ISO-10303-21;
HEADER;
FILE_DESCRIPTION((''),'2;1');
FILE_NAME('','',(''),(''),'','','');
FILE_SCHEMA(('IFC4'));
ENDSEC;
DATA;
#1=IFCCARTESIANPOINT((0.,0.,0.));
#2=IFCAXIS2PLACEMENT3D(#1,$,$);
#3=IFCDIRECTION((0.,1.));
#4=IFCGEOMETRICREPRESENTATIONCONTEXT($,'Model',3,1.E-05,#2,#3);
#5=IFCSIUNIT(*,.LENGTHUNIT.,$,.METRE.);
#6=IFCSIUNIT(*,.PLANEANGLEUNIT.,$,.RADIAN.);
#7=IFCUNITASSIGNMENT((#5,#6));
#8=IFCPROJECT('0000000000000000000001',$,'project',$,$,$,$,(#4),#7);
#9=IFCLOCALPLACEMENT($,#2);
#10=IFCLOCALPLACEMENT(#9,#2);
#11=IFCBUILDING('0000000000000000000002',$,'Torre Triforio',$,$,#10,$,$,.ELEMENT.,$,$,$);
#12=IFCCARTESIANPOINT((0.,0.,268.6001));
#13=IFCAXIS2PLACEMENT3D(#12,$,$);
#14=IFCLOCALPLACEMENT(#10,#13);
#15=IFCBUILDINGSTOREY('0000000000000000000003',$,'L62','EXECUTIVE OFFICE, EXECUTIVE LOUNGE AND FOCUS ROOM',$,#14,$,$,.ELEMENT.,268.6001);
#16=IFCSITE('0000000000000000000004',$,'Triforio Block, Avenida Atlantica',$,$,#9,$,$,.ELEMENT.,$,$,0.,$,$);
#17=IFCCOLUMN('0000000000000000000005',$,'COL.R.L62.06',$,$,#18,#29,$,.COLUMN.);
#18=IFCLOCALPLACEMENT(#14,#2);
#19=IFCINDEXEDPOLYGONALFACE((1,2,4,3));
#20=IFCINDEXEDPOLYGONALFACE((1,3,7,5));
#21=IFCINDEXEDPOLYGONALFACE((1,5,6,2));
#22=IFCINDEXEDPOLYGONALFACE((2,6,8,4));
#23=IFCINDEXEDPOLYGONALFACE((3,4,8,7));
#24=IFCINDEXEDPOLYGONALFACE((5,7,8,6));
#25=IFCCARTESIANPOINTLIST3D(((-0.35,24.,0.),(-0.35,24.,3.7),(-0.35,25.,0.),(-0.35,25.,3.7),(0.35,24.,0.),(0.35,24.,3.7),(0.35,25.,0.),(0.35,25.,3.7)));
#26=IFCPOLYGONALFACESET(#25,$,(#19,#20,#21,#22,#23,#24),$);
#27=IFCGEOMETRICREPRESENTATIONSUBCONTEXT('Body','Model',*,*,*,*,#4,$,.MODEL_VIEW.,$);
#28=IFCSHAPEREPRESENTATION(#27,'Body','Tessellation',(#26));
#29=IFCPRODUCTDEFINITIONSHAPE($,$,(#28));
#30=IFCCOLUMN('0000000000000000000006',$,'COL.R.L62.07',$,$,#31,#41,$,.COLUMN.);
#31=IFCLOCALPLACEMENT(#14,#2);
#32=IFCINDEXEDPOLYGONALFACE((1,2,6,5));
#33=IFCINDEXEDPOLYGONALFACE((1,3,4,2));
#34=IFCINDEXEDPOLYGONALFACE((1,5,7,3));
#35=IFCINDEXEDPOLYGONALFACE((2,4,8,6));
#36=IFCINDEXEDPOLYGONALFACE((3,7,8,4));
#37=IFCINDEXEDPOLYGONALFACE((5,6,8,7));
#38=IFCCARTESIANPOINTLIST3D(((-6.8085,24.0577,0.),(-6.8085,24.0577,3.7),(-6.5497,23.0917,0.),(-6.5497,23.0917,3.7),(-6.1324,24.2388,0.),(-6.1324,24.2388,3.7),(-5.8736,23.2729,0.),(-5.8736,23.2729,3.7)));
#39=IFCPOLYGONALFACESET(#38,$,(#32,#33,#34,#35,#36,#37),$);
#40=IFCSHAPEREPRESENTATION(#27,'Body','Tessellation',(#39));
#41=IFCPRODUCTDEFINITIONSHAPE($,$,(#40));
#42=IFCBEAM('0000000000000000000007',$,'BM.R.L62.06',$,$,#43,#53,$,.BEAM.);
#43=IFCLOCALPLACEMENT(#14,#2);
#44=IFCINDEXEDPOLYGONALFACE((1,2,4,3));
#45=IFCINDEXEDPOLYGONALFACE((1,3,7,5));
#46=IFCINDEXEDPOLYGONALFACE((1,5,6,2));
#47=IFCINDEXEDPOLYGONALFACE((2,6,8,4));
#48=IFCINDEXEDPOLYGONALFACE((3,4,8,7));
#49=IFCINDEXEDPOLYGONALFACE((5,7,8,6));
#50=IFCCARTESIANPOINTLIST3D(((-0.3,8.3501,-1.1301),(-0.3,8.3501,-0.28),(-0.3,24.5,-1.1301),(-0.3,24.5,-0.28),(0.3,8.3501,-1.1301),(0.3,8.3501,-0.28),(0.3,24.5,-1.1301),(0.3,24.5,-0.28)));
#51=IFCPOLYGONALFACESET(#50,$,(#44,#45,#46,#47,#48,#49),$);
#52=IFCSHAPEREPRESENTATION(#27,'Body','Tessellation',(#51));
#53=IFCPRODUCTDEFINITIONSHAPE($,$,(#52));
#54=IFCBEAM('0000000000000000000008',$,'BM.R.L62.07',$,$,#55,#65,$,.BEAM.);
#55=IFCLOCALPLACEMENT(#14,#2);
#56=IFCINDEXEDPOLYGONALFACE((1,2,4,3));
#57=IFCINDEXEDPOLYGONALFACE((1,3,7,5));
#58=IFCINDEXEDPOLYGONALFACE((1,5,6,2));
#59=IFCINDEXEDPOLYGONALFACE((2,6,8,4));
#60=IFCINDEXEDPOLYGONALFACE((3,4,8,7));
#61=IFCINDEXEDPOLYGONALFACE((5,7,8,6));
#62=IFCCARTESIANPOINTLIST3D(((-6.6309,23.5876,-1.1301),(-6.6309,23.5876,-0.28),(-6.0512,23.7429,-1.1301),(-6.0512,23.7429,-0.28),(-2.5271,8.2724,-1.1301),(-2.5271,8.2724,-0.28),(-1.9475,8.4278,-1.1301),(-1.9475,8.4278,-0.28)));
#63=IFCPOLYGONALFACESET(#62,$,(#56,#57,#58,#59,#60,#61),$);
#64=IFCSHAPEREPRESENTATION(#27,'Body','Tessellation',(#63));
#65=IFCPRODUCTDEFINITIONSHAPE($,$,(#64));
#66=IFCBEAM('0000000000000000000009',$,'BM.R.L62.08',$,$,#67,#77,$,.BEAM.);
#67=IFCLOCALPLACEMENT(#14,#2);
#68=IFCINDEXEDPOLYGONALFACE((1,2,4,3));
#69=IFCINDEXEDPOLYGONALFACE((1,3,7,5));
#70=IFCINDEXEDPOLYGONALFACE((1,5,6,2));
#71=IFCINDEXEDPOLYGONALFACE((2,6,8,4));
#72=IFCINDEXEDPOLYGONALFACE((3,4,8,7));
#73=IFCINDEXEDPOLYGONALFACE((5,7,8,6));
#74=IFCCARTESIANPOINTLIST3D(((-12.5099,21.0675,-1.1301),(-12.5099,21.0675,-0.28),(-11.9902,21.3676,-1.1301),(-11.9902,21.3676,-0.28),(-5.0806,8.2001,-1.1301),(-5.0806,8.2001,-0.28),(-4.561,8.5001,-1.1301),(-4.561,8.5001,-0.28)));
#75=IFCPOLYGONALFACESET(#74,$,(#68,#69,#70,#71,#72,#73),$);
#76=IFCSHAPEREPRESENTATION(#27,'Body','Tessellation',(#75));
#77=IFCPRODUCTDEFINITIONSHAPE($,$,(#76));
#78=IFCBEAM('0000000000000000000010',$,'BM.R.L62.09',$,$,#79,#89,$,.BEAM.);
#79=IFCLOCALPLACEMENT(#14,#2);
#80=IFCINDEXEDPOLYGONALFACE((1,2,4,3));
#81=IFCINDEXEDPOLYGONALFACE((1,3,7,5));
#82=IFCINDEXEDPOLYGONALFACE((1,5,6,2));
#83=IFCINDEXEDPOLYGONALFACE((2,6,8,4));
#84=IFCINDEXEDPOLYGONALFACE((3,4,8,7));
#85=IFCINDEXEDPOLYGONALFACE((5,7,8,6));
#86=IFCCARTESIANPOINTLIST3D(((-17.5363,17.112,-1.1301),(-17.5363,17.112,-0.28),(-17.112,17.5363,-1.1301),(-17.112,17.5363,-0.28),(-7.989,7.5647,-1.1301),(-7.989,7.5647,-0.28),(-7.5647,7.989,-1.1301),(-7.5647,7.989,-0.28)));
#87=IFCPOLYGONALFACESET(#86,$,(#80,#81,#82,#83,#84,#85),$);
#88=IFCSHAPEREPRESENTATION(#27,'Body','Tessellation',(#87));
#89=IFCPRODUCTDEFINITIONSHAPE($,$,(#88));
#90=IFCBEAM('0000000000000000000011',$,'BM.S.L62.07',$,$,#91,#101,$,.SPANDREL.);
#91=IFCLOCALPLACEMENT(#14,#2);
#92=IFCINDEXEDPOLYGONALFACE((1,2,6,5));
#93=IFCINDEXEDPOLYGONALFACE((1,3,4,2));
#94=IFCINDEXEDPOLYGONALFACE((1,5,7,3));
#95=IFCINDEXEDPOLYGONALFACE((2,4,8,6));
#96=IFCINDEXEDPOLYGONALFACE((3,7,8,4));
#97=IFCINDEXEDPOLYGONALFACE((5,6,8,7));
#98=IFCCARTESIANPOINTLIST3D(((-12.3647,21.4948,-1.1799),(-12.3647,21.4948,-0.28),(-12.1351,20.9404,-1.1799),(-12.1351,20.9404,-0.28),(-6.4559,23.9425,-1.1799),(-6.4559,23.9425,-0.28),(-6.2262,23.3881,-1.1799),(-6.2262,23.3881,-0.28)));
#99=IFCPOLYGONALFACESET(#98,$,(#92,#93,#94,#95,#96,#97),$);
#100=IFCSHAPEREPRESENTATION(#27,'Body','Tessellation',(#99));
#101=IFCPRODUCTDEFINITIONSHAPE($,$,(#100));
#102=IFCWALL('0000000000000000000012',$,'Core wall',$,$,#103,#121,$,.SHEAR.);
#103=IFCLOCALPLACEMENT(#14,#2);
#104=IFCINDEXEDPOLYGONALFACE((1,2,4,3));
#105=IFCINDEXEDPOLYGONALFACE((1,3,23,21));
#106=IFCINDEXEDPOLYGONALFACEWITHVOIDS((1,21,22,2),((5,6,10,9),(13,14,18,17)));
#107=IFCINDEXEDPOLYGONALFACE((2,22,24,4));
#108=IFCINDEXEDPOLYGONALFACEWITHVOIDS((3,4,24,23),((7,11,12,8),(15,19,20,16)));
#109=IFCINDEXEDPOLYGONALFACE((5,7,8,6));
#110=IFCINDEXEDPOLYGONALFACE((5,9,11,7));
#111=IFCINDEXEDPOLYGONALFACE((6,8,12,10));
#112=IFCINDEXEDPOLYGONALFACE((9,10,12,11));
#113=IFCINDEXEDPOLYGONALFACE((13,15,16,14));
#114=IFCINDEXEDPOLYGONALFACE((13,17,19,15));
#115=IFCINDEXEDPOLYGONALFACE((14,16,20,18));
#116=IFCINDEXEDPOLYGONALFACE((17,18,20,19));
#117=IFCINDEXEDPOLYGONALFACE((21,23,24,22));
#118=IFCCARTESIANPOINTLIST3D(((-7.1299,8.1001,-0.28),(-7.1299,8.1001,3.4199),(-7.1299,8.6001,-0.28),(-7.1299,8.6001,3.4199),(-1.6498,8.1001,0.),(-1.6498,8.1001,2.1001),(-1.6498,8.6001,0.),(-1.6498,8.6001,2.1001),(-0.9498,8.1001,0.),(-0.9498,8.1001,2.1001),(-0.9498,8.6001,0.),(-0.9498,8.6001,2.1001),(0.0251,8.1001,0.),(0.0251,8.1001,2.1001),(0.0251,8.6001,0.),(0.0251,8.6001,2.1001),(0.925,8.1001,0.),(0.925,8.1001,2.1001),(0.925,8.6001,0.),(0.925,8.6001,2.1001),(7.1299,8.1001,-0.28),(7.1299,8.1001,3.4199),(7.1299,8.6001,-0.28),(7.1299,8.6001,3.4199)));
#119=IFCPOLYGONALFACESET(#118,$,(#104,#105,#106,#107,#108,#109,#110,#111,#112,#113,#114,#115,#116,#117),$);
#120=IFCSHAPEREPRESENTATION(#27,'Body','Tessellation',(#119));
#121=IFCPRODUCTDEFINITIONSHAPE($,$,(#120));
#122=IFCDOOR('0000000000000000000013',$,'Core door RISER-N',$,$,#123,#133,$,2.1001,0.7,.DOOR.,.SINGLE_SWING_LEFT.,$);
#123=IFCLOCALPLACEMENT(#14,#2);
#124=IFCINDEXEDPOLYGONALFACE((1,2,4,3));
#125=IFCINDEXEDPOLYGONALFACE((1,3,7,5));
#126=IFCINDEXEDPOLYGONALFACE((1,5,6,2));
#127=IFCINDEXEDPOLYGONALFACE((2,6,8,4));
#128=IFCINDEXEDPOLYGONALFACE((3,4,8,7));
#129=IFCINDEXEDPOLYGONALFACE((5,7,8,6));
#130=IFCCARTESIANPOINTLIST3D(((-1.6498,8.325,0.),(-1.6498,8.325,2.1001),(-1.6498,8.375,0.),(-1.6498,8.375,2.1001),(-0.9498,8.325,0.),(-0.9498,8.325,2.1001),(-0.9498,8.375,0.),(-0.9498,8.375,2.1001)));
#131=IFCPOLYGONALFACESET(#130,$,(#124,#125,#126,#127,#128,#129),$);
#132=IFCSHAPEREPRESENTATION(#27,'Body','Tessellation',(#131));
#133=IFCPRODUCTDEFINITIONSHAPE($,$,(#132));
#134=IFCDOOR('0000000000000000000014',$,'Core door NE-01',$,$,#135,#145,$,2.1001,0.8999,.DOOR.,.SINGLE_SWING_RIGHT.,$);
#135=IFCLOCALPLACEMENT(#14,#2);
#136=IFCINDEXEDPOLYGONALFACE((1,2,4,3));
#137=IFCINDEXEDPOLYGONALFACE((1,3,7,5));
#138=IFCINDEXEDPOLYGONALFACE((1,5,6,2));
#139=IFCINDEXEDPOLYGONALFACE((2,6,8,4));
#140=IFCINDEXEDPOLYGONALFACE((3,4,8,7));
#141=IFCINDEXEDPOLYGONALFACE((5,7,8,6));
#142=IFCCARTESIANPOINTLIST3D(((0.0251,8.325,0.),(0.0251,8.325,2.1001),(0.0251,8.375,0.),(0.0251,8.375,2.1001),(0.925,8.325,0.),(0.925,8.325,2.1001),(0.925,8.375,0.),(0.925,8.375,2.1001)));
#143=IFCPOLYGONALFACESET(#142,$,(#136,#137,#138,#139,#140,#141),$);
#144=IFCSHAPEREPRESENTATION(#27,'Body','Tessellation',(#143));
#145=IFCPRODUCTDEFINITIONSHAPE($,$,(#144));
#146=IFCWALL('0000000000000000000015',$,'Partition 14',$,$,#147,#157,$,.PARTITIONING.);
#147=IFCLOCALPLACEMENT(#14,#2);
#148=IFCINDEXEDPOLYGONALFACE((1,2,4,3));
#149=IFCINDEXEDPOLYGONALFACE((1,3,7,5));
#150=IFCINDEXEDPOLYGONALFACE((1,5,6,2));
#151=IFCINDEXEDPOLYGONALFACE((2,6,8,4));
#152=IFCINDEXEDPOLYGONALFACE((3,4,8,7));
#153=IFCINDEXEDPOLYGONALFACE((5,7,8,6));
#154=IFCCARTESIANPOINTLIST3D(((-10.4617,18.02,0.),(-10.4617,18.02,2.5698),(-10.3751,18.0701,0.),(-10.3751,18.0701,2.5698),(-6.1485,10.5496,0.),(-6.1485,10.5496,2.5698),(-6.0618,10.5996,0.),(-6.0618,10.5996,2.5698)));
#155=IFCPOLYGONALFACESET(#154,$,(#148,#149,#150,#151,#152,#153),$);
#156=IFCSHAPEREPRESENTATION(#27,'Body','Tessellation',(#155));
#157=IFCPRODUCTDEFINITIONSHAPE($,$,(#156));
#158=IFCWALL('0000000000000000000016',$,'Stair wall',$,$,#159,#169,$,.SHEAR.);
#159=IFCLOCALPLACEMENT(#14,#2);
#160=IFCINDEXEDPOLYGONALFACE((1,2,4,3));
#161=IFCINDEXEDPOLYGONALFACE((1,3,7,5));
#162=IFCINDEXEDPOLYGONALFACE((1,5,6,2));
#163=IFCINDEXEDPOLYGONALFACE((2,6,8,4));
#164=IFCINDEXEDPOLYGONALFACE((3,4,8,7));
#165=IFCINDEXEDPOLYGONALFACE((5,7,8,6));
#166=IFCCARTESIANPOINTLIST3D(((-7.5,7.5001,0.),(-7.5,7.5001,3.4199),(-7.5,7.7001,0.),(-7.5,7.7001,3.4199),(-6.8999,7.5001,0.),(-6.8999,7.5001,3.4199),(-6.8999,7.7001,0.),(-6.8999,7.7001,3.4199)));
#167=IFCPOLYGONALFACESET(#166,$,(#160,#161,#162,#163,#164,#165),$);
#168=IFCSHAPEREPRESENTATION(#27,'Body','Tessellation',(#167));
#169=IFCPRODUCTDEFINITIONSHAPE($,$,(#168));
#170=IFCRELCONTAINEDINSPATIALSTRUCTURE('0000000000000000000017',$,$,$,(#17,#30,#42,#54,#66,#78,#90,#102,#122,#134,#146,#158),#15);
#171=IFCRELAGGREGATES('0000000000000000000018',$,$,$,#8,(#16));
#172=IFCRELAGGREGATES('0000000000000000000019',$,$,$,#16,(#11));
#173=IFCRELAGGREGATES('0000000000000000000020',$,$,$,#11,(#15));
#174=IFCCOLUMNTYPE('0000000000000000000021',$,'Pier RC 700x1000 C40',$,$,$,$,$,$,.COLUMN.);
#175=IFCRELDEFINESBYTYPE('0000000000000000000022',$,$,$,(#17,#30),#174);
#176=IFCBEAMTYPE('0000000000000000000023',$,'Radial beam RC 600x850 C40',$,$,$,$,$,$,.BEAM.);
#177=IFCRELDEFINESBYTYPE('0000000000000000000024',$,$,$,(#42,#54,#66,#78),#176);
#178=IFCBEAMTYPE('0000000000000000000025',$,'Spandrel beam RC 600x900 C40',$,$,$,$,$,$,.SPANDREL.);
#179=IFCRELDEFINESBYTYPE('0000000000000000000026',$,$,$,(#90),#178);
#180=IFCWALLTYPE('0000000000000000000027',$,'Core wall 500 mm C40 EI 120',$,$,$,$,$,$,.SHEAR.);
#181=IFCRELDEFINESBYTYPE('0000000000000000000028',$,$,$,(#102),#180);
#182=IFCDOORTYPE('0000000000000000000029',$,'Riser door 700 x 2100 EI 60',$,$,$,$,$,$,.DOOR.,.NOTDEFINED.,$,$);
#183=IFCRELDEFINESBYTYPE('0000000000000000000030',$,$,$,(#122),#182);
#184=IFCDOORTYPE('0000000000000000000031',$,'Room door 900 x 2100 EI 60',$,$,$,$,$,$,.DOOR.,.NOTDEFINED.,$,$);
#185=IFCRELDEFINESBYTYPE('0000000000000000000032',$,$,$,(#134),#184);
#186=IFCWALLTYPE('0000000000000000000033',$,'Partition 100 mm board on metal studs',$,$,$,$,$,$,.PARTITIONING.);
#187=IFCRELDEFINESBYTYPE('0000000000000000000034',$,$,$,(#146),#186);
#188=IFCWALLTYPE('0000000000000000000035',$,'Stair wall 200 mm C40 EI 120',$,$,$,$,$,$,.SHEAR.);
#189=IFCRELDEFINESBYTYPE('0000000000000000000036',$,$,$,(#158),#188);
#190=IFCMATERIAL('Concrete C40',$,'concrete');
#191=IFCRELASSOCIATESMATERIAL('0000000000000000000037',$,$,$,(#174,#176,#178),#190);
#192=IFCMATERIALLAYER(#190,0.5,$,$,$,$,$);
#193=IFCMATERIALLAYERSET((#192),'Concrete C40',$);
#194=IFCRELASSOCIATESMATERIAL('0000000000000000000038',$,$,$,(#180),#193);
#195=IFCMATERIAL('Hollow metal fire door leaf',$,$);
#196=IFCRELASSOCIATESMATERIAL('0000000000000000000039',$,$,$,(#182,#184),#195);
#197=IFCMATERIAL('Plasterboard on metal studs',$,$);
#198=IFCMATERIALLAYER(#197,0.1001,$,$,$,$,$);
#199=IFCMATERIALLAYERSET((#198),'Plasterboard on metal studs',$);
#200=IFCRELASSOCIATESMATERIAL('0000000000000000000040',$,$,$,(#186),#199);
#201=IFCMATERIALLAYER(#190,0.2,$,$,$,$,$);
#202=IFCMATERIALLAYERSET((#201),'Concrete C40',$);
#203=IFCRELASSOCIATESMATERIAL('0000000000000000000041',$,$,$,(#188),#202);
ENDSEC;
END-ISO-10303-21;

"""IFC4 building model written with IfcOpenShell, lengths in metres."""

from ifc_helpers import new_model, si_unit, direction, frame, frame_2d, origin, origin_2d, place, context, subcontext, project, spatial, rectangle, extrude, material, layer, layer_set, material_profile, profile_set, type_object, element, fill, save


model = new_model("IFC4")

# Units and contexts
model_context = context("Model", 3, precision=1e-05, world=origin(), true_north=direction((0.0, 1.0)))
body_context = subcontext(model_context, "Body", "Model", "MODEL_VIEW")
ifc_project = project(units=[si_unit("LENGTHUNIT", "METRE"), si_unit("PLANEANGLEUNIT", "RADIAN")], contexts=[model_context])

# Site, building, storey
site_placement = place(None, origin())
site = spatial("IfcSite", under=ifc_project, at=site_placement, Name="Triforio Block, Avenida Atlantica", CompositionType="ELEMENT", RefElevation=0.0)
building_placement = place(site_placement, origin())
building = spatial("IfcBuilding", under=site, at=building_placement, Name="Torre Triforio", CompositionType="ELEMENT")
storey_placement = place(building_placement, frame((0.0, 0.0, 268.6001)))
storey = spatial("IfcBuildingStorey", under=building, at=storey_placement, Name="L62", Description="EXECUTIVE OFFICE, EXECUTIVE LOUNGE AND FOCUS ROOM", CompositionType="ELEMENT", Elevation=268.6001)

# Columns
ifc_material_1 = material(Name="Concrete C40", Category="concrete")
ifc_material_profile_1 = material_profile(ifc_material_1, rectangle(XDim=0.7, YDim=1.0, at=origin_2d()), Name="RC 700x1000")
ifc_profile_set_1 = profile_set([ifc_material_profile_1], Name="Concrete C40")
column_type = type_object("IfcColumnType", Name="Pier RC 700x1000 C40", PredefinedType="COLUMN", material=ifc_profile_set_1)
for number, where, z_axis, x_axis, name in (
    (1, (0.0, 24.5, 0.0), (0.0, 0.0, 1.0), (-1.0, 0.0, 0.0), "COL.R.L62.06"),
    (2, (-6.3411, 23.6653, 0.0), (0.0, 0.0, 1.0), (-0.965926, -0.258819, 0.0), "COL.R.L62.07"),
):
    element("IfcColumn", number, at=place(storey_placement, frame(where, z_axis=z_axis, x_axis=x_axis)), inside=storey, type_object=column_type, Name=name, PredefinedType="COLUMN", context=body_context, shape_type="SweptSolid", body=[
        extrude(rectangle(XDim=0.7, YDim=1.0, at=origin_2d()), origin(), (0.0, 0.0, 1.0), 3.7),
    ])

# Beams
ifc_material_profile_2 = material_profile(ifc_material_1, rectangle(XDim=0.6001, YDim=0.8501, at=origin_2d()), Name="RC 600x850")
ifc_profile_set_2 = profile_set([ifc_material_profile_2], Name="Concrete C40")
beam_type_1 = type_object("IfcBeamType", Name="Radial beam RC 600x850 C40", PredefinedType="BEAM", material=ifc_profile_set_2)
beam_1_placement = place(storey_placement, frame((0.0, 8.3501, -0.7051), z_axis=(0.0, 1.0, 0.0), x_axis=(-1.0, 0.0, 0.0)))
element("IfcBeam", 3, at=beam_1_placement, inside=storey, type_object=beam_type_1, Name="BM.R.L62.06", PredefinedType="BEAM", context=body_context, shape_type="SweptSolid", body=[
    extrude(rectangle(XDim=0.6001, YDim=0.8501, at=origin_2d()), origin(), (0.0, 0.0, 1.0), 16.1499),
])
beam_2_placement = place(storey_placement, frame((-2.2373, 8.3501, -0.7051), z_axis=(-0.258823, 0.965925, 0.0), x_axis=(-0.965925, -0.258823, 0.0)))
element("IfcBeam", 4, at=beam_2_placement, inside=storey, type_object=beam_type_1, Name="BM.R.L62.07", PredefinedType="BEAM", context=body_context, shape_type="SweptSolid", body=[
    extrude(rectangle(XDim=0.6001, YDim=0.8501, at=origin_2d()), origin(), (0.0, 0.0, 1.0), 15.8555),
])
beam_3_placement = place(storey_placement, frame((-4.8208, 8.3501, -0.7051), z_axis=(-0.500009, 0.86602, 0.0), x_axis=(-0.86602, -0.500009, 0.0)))
element("IfcBeam", 5, at=beam_3_placement, inside=storey, type_object=beam_type_1, Name="BM.R.L62.08", PredefinedType="BEAM", context=body_context, shape_type="SweptSolid", body=[
    extrude(rectangle(XDim=0.6001, YDim=0.8501, at=origin_2d()), origin(), (0.0, 0.0, 1.0), 14.8582),
])
beam_4_placement = place(storey_placement, frame((-7.7769, 7.7769, -0.7051), z_axis=(-0.707107, 0.707107, 0.0), x_axis=(-0.707107, -0.707107, 0.0)))
element("IfcBeam", 6, at=beam_4_placement, inside=storey, type_object=beam_type_1, Name="BM.R.L62.09", PredefinedType="BEAM", context=body_context, shape_type="SweptSolid", body=[
    extrude(rectangle(XDim=0.6001, YDim=0.8501, at=origin_2d()), origin(), (0.0, 0.0, 1.0), 13.502),
])
ifc_material_profile_3 = material_profile(ifc_material_1, rectangle(XDim=0.6001, YDim=0.8999, at=origin_2d()), Name="RC 600x900")
ifc_profile_set_3 = profile_set([ifc_material_profile_3], Name="Concrete C40")
beam_type_2 = type_object("IfcBeamType", Name="Spandrel beam RC 600x900 C40", PredefinedType="SPANDREL", material=ifc_profile_set_3)
beam_5_placement = place(storey_placement, frame((-6.3411, 23.6653, -0.73), z_axis=(-0.923869, -0.382709, 0.0), x_axis=(0.382709, -0.923869, 0.0)))
element("IfcBeam", 7, at=beam_5_placement, inside=storey, type_object=beam_type_2, Name="BM.S.L62.07", PredefinedType="SPANDREL", context=body_context, shape_type="SweptSolid", body=[
    extrude(rectangle(XDim=0.6001, YDim=0.8999, at=origin_2d()), origin(), (0.0, 0.0, 1.0), 6.3958),
])

# Wall, openings, doors
ifc_layer_1 = layer(ifc_material_1, 0.5)
ifc_layer_set_1 = layer_set([ifc_layer_1], Name="Concrete C40")
wall_type_1 = type_object("IfcWallType", Name="Core wall 500 mm C40 EI 120", PredefinedType="SHEAR", material=ifc_layer_set_1)
wall_1_placement = place(storey_placement, frame((-7.1299, 8.3501, -0.28), z_axis=(0.0, 0.0, 1.0), x_axis=(1.0, 0.0, 0.0)))
wall_1 = element("IfcWall", 8, at=wall_1_placement, inside=storey, type_object=wall_type_1, Name="Core wall", PredefinedType="SHEAR", context=body_context, shape_type="SweptSolid", body=[
    extrude(rectangle(XDim=14.2598, YDim=0.5, at=frame_2d((7.1299, 0.0))), origin(), (0.0, 0.0, 1.0), 3.7),
])
opening_1_placement = place(wall_1_placement, frame((5.48, 0.0, 0.28)))
opening_1 = element("IfcOpeningElement", 9, at=opening_1_placement, cuts=wall_1, PredefinedType="OPENING", context=body_context, shape_type="SweptSolid", body=[
    extrude(rectangle(XDim=0.7, YDim=2.1001, at=frame_2d((0.3501, 1.05))), frame((0.0, 0.26, 0.0), z_axis=(0.0, -1.0, 0.0), x_axis=(1.0, 0.0, 0.0)), (0.0, 0.0, 1.0), 0.52),
])
opening_2_placement = place(wall_1_placement, frame((7.155, 0.0, 0.28)))
opening_2 = element("IfcOpeningElement", 10, at=opening_2_placement, cuts=wall_1, PredefinedType="OPENING", context=body_context, shape_type="SweptSolid", body=[
    extrude(rectangle(XDim=0.8999, YDim=2.1001, at=frame_2d((0.45, 1.05))), frame((0.0, 0.26, 0.0), z_axis=(0.0, -1.0, 0.0), x_axis=(1.0, 0.0, 0.0)), (0.0, 0.0, 1.0), 0.52),
])
ifc_material_2 = material(Name="Hollow metal fire door leaf")
door_type_1 = type_object("IfcDoorType", Name="Riser door 700 x 2100 EI 60", OperationType="NOTDEFINED", PredefinedType="DOOR", material=ifc_material_2)
door_1_placement = place(opening_1_placement, origin())
door_1 = element("IfcDoor", 11, at=door_1_placement, inside=storey, type_object=door_type_1, Name="Core door RISER-N", OperationType="SINGLE_SWING_LEFT", OverallHeight=2.1001, OverallWidth=0.7, PredefinedType="DOOR", context=body_context, shape_type="SweptSolid", body=[
    extrude(rectangle(XDim=0.7, YDim=2.1001, at=frame_2d((0.3501, 1.05))), frame((0.0, 0.0249, 0.0), z_axis=(0.0, -1.0, 0.0), x_axis=(1.0, 0.0, 0.0)), (0.0, 0.0, 1.0), 0.05),
])
fill(opening_1, door_1)
door_type_2 = type_object("IfcDoorType", Name="Room door 900 x 2100 EI 60", OperationType="NOTDEFINED", PredefinedType="DOOR", material=ifc_material_2)
door_2_placement = place(opening_2_placement, origin())
door_2 = element("IfcDoor", 12, at=door_2_placement, inside=storey, type_object=door_type_2, Name="Core door NE-01", OperationType="SINGLE_SWING_RIGHT", OverallHeight=2.1001, OverallWidth=0.8999, PredefinedType="DOOR", context=body_context, shape_type="SweptSolid", body=[
    extrude(rectangle(XDim=0.8999, YDim=2.1001, at=frame_2d((0.45, 1.05))), frame((0.0, 0.0249, 0.0), z_axis=(0.0, -1.0, 0.0), x_axis=(1.0, 0.0, 0.0)), (0.0, 0.0, 1.0), 0.05),
])
fill(opening_2, door_2)

# Walls
ifc_material_3 = material(Name="Plasterboard on metal studs")
ifc_layer_2 = layer(ifc_material_3, 0.1001)
ifc_layer_set_2 = layer_set([ifc_layer_2], Name="Plasterboard on metal studs")
wall_type_2 = type_object("IfcWallType", Name="Partition 100 mm board on metal studs", PredefinedType="PARTITIONING", material=ifc_layer_set_2)
wall_2_placement = place(storey_placement, frame((-6.1052, 10.5747, 0.0), z_axis=(0.0, 0.0, 1.0), x_axis=(-0.500014, 0.866017, 0.0)))
element("IfcWall", 13, at=wall_2_placement, inside=storey, type_object=wall_type_2, Name="Partition 14", PredefinedType="PARTITIONING", context=body_context, shape_type="SweptSolid", body=[
    extrude(rectangle(XDim=8.6262, YDim=0.1001, at=frame_2d((4.313, 0.0))), origin(), (0.0, 0.0, 1.0), 2.5698),
])
ifc_layer_3 = layer(ifc_material_1, 0.2)
ifc_layer_set_3 = layer_set([ifc_layer_3], Name="Concrete C40")
wall_type_3 = type_object("IfcWallType", Name="Stair wall 200 mm C40 EI 120", PredefinedType="SHEAR", material=ifc_layer_set_3)
wall_3_placement = place(storey_placement, frame((-7.5, 7.6001, 0.0), z_axis=(0.0, 0.0, 1.0), x_axis=(1.0, 0.0, 0.0)))
element("IfcWall", 14, at=wall_3_placement, inside=storey, type_object=wall_type_3, Name="Stair wall", PredefinedType="SHEAR", context=body_context, shape_type="SweptSolid", body=[
    extrude(rectangle(XDim=0.6001, YDim=0.2, at=frame_2d((0.3, 0.0))), origin(), (0.0, 0.0, 1.0), 3.4199),
])

save(model, "model.ifc")
